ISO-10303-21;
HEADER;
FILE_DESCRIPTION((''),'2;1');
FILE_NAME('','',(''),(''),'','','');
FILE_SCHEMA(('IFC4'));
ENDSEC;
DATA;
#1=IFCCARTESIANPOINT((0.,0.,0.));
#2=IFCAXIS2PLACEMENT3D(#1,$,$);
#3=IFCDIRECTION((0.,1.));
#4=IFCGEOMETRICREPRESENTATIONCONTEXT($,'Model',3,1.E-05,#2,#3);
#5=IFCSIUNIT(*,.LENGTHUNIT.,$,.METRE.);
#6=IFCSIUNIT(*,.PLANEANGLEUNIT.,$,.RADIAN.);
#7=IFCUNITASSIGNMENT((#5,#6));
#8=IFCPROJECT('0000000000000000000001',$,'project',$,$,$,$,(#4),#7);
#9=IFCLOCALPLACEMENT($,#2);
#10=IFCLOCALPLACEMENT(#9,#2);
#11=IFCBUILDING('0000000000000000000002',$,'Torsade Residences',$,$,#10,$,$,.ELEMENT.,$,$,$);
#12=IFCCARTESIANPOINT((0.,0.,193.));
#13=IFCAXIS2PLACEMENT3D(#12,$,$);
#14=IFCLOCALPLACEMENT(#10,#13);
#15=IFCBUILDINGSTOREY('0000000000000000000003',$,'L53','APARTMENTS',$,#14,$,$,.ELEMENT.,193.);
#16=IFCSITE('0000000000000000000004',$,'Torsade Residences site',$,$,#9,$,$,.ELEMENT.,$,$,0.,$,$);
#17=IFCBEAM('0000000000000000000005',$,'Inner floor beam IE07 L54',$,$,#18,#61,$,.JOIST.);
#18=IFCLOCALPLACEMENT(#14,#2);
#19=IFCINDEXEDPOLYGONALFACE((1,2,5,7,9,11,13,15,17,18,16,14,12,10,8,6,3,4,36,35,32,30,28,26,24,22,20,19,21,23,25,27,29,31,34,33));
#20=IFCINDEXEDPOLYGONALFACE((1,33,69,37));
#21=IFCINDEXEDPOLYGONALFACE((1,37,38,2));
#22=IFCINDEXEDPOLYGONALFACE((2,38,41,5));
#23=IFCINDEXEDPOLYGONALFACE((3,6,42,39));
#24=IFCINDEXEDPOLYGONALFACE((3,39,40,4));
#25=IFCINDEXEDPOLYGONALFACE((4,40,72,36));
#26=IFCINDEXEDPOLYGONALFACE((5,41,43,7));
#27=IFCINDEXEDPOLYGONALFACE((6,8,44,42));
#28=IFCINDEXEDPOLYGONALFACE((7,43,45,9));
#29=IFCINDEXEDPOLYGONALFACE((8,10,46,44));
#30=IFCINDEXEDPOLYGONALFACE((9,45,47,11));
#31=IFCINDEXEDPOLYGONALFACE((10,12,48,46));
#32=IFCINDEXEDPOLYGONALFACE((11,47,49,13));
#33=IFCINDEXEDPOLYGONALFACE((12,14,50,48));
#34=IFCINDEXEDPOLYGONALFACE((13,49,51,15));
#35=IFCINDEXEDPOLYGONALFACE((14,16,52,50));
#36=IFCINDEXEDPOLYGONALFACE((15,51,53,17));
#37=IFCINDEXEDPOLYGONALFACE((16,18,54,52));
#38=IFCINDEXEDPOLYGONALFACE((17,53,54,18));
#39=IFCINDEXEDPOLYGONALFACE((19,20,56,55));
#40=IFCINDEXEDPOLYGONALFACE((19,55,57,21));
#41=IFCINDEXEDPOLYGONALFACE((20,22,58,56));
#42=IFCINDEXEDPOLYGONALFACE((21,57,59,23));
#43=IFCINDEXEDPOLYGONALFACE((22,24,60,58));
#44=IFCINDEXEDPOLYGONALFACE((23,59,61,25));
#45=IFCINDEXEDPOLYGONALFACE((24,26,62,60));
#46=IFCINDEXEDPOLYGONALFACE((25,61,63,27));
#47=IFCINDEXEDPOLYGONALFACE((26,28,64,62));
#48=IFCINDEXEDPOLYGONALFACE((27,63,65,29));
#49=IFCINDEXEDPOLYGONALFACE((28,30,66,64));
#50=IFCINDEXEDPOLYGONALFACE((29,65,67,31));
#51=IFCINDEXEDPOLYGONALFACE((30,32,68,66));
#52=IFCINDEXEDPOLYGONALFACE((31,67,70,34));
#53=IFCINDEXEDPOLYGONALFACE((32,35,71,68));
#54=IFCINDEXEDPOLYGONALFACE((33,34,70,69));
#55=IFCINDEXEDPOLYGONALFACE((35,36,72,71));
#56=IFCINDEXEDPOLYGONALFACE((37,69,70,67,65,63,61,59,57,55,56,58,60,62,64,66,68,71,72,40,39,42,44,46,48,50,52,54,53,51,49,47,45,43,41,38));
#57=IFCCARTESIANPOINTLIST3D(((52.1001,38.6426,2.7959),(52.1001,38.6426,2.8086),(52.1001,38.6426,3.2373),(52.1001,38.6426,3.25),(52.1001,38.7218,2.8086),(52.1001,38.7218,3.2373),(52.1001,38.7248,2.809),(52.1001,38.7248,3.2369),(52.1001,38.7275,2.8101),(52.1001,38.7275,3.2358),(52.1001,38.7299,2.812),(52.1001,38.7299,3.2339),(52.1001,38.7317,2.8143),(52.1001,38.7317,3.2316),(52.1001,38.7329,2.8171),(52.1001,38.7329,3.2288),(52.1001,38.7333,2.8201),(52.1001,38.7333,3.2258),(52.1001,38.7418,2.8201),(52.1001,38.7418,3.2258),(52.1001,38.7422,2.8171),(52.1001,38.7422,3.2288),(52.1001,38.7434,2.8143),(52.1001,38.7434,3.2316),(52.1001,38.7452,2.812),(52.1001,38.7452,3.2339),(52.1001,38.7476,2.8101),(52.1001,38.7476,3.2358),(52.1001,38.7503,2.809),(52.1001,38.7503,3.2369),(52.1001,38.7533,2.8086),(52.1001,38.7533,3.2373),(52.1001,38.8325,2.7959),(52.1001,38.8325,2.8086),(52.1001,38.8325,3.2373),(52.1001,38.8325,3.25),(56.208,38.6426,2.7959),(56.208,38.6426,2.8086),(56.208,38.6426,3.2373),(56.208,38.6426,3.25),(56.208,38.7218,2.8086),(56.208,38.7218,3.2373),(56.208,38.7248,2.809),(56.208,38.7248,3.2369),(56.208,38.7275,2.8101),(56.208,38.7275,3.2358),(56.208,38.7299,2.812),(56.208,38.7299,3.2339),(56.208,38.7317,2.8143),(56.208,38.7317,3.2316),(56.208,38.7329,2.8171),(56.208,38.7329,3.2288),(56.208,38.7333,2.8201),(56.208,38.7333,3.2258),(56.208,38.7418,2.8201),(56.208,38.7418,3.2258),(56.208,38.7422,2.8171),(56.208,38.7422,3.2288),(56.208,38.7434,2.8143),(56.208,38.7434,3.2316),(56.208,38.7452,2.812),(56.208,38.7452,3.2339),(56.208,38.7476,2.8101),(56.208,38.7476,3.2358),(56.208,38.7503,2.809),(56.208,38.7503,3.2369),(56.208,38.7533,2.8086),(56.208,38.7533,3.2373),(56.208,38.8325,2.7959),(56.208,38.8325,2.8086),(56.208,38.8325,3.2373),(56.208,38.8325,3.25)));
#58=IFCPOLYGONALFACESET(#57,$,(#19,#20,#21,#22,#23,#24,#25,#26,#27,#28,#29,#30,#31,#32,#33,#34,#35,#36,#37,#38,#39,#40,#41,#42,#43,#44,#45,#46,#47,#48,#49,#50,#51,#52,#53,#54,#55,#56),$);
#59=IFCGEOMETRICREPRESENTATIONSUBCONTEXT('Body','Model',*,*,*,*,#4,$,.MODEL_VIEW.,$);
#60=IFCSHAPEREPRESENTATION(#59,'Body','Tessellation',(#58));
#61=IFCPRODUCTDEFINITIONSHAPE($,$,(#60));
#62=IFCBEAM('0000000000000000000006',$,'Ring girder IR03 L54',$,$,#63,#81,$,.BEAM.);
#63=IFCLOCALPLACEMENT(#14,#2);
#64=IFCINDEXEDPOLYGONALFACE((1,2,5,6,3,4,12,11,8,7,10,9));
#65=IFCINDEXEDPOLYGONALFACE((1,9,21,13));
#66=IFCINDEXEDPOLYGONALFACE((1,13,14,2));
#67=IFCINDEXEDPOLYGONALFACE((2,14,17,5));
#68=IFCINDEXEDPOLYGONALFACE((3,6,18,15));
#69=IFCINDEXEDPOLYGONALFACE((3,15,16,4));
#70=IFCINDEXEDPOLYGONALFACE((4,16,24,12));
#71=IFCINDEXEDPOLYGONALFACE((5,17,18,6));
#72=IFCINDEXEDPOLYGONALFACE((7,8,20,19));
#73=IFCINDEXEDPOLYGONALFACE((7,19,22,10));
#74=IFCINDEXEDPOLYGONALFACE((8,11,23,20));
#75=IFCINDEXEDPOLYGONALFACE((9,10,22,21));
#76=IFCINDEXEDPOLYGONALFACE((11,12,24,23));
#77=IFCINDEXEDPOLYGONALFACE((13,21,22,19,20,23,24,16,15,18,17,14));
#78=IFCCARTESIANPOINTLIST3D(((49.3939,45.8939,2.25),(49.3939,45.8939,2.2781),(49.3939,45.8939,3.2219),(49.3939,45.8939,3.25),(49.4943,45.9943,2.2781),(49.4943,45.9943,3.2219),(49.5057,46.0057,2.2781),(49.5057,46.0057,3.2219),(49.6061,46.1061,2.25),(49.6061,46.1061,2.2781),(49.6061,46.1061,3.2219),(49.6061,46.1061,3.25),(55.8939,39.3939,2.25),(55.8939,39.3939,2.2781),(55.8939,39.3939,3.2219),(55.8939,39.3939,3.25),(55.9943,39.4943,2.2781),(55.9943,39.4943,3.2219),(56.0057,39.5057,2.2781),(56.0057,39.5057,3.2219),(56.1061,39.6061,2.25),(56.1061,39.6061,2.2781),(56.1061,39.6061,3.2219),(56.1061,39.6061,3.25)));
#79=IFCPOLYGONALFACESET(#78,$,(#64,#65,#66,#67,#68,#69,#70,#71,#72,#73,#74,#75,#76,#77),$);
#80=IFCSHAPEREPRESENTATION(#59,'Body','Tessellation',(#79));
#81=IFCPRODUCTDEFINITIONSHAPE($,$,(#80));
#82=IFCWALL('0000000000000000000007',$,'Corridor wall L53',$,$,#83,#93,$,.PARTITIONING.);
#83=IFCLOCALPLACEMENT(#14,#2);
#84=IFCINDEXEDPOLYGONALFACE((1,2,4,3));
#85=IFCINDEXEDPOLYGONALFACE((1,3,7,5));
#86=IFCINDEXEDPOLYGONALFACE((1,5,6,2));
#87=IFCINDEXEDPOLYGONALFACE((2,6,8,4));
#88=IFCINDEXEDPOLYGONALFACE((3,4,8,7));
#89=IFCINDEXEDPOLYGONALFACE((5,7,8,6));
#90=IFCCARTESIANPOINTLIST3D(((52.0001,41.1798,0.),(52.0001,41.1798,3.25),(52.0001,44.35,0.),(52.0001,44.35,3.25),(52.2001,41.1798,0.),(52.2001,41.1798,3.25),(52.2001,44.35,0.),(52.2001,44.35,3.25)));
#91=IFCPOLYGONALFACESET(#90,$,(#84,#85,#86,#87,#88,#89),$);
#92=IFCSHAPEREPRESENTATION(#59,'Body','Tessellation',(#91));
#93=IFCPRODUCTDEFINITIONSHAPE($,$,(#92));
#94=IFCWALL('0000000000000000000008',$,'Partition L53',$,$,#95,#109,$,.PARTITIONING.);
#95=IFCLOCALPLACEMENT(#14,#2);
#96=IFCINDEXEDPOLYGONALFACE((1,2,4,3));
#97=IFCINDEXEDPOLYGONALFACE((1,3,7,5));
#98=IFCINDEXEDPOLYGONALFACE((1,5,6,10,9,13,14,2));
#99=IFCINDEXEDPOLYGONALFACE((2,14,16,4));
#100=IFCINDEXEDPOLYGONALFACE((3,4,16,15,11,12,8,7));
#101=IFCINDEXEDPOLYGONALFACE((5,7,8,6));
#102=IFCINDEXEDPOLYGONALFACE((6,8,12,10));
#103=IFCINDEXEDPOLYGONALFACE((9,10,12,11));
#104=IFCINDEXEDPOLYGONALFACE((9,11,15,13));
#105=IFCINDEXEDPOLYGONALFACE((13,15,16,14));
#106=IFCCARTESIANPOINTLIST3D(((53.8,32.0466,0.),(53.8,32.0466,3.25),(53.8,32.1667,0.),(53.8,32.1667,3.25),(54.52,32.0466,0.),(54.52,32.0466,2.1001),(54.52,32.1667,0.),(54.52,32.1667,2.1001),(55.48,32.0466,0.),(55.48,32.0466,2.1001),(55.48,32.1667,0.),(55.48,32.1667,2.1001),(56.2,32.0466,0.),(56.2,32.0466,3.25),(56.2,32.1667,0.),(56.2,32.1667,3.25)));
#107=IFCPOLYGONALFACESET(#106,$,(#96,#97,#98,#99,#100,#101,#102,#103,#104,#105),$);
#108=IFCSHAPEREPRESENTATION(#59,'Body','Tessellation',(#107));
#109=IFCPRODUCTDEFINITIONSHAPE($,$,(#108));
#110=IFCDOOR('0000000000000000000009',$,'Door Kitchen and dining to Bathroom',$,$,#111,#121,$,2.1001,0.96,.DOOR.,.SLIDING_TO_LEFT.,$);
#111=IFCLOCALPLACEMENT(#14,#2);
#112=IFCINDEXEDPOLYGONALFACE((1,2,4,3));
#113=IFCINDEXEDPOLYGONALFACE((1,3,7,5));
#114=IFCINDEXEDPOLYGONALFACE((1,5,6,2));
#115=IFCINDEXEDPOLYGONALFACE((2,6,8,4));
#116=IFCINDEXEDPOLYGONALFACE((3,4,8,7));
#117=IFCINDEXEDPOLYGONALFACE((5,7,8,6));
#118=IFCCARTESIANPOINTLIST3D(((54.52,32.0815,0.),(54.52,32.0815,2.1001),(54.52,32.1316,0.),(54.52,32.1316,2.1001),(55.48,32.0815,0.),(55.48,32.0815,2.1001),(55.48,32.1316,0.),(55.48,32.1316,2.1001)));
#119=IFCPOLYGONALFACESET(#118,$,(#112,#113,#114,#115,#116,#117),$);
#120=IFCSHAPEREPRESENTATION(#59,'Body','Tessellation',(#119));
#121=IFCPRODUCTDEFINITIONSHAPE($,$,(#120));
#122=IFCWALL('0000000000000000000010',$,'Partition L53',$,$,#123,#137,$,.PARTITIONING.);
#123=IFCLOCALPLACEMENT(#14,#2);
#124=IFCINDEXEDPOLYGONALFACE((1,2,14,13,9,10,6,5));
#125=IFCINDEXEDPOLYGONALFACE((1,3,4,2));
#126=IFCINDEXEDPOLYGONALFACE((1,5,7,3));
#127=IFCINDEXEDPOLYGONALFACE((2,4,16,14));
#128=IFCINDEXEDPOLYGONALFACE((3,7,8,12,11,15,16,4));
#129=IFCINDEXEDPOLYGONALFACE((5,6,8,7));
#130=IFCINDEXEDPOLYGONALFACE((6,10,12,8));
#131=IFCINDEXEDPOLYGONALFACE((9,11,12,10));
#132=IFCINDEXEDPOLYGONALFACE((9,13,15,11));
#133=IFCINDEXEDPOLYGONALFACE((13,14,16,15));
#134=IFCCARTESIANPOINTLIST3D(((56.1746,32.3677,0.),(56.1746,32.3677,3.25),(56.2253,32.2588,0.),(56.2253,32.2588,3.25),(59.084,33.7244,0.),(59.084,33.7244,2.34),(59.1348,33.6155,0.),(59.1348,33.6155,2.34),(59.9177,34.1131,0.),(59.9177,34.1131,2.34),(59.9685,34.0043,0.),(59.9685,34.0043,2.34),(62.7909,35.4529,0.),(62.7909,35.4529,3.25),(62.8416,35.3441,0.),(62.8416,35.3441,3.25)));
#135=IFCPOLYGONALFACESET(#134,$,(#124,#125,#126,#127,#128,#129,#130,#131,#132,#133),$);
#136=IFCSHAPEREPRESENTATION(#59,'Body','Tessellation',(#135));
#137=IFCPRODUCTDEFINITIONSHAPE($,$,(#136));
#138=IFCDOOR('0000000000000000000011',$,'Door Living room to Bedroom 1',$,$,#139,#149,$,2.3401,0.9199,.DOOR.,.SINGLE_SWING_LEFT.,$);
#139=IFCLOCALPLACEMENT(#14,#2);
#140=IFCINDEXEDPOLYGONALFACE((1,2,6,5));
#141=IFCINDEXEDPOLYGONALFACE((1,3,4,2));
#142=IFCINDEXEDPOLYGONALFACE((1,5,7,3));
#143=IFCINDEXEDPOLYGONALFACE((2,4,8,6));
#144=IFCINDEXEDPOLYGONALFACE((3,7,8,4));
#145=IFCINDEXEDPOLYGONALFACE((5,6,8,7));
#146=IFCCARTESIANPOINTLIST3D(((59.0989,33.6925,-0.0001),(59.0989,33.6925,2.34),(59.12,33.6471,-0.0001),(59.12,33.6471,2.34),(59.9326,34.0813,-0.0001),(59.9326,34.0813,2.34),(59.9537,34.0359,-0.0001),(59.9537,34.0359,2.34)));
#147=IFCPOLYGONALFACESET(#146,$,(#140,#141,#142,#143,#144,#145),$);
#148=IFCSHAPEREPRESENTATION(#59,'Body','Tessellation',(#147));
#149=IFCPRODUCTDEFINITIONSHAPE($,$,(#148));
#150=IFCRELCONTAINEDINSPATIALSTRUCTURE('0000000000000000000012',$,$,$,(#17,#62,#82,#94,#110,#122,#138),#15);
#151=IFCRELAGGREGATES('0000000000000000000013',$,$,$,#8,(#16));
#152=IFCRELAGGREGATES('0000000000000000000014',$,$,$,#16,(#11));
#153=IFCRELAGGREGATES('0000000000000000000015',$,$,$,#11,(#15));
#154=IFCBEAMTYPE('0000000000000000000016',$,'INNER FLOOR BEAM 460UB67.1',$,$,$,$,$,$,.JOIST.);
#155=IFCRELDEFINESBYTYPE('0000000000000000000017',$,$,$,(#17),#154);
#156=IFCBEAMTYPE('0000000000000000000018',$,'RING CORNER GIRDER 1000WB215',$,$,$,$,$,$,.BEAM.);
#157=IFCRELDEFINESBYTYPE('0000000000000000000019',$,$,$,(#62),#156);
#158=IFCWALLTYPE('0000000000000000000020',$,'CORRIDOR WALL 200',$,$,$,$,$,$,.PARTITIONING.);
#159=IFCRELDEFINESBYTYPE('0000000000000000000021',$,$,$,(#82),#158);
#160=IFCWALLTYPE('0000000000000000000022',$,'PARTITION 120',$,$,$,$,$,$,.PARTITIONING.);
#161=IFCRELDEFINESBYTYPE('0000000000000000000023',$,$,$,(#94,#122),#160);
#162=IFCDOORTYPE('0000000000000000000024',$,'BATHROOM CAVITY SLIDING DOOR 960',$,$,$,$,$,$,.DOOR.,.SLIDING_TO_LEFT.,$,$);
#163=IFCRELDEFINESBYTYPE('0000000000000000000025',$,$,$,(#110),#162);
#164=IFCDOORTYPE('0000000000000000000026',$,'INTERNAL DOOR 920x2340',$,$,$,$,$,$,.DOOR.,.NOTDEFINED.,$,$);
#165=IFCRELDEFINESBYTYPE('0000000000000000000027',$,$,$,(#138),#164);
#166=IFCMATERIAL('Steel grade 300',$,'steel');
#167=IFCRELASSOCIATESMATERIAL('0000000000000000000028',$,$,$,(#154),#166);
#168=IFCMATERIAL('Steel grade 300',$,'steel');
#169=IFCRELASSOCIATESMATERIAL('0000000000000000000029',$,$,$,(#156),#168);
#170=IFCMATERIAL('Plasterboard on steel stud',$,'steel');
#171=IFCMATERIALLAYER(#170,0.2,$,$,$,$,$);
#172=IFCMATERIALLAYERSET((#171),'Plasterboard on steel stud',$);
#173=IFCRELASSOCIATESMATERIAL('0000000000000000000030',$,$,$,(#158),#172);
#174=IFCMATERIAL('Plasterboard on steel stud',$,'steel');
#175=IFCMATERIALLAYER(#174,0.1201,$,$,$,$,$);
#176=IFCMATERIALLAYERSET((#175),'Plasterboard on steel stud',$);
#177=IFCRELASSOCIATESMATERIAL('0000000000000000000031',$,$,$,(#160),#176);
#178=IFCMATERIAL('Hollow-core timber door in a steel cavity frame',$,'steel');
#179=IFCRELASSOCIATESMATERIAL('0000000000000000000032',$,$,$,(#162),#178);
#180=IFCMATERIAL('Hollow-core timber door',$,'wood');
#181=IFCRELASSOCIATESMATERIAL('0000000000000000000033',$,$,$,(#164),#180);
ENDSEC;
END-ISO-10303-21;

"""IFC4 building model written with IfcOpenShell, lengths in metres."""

from ifc_helpers import new_model, si_unit, direction, frame, frame_2d, origin, origin_2d, place, context, subcontext, project, spatial, rectangle, i_section, extrude, material, layer, layer_set, material_profile, profile_set, type_object, element, fill, save


model = new_model("IFC4")

# Units and contexts
model_context = context("Model", 3, precision=1e-05, world=origin(), true_north=direction((0.0, 1.0)))
body_context = subcontext(model_context, "Body", "Model", "MODEL_VIEW")
ifc_project = project(units=[si_unit("LENGTHUNIT", "METRE"), si_unit("PLANEANGLEUNIT", "RADIAN")], contexts=[model_context])

# Site, building, storey
site_placement = place(None, origin())
site = spatial("IfcSite", under=ifc_project, at=site_placement, Name="Torsade Residences site", CompositionType="ELEMENT", RefElevation=0.0)
building_placement = place(site_placement, origin())
building = spatial("IfcBuilding", under=site, at=building_placement, Name="Torsade Residences", CompositionType="ELEMENT")
storey_placement = place(building_placement, frame((0.0, 0.0, 193.0)))
storey = spatial("IfcBuildingStorey", under=building, at=storey_placement, Name="L53", Description="APARTMENTS", CompositionType="ELEMENT", Elevation=193.0)

# Beams
ifc_material_1 = material(Name="Steel grade 300", Category="steel")
ifc_material_profile_1 = material_profile(ifc_material_1, i_section(OverallWidth=0.1899, OverallDepth=0.4541, WebThickness=0.0085, FlangeThickness=0.0127, FilletRadius=0.0115, at=origin_2d()), Name="460UB67.1")
ifc_profile_set_1 = profile_set([ifc_material_profile_1], Name="Steel grade 300")
beam_type_1 = type_object("IfcBeamType", Name="INNER FLOOR BEAM 460UB67.1", PredefinedType="JOIST", material=ifc_profile_set_1)
beam_1_placement = place(storey_placement, frame((52.1001, 38.7375, 3.0229), z_axis=(1.0, 0.0, 0.0), x_axis=(0.0, 1.0, 0.0)))
element("IfcBeam", 1, at=beam_1_placement, inside=storey, type_object=beam_type_1, Name="Inner floor beam IE07 L54", PredefinedType="JOIST", context=body_context, shape_type="SweptSolid", body=[
    extrude(i_section(OverallWidth=0.1899, OverallDepth=0.4541, WebThickness=0.0085, FlangeThickness=0.0127, FilletRadius=0.0115, at=origin_2d()), origin(), (0.0, 0.0, 1.0), 4.1079),
])
ifc_material_2 = material(Name="Steel grade 300", Category="steel")
ifc_material_profile_2 = material_profile(ifc_material_2, i_section(OverallWidth=0.3, OverallDepth=1.0, WebThickness=0.0161, FlangeThickness=0.0281, at=origin_2d()), Name="1000WB215")
ifc_profile_set_2 = profile_set([ifc_material_profile_2], Name="Steel grade 300")
beam_type_2 = type_object("IfcBeamType", Name="RING CORNER GIRDER 1000WB215", PredefinedType="BEAM", material=ifc_profile_set_2)
beam_2_placement = place(storey_placement, frame((56.0, 39.5, 2.75), z_axis=(-0.707107, 0.707107, 0.0), x_axis=(-0.707107, -0.707107, 0.0)))
element("IfcBeam", 2, at=beam_2_placement, inside=storey, type_object=beam_type_2, Name="Ring girder IR03 L54", PredefinedType="BEAM", context=body_context, shape_type="SweptSolid", body=[
    extrude(i_section(OverallWidth=0.3, OverallDepth=1.0, WebThickness=0.0161, FlangeThickness=0.0281, at=origin_2d()), origin(), (0.0, 0.0, 1.0), 9.1924),
])

# Wall
ifc_material_3 = material(Name="Plasterboard on steel stud", Category="steel")
ifc_layer_1 = layer(ifc_material_3, 0.2)
ifc_layer_set_1 = layer_set([ifc_layer_1], Name="Plasterboard on steel stud")
wall_type_1 = type_object("IfcWallType", Name="CORRIDOR WALL 200", PredefinedType="PARTITIONING", material=ifc_layer_set_1)
wall_1_placement = place(storey_placement, frame((52.1001, 41.1799, 0.0), z_axis=(0.0, 0.0, 1.0), x_axis=(0.0, 1.0, 0.0)))
element("IfcWall", 3, at=wall_1_placement, inside=storey, type_object=wall_type_1, Name="Corridor wall L53", PredefinedType="PARTITIONING", context=body_context, shape_type="SweptSolid", body=[
    extrude(rectangle(XDim=3.1702, YDim=0.2, at=frame_2d((1.585, 0.0))), origin(), (0.0, 0.0, 1.0), 3.25),
])

# Walls, openings, doors
ifc_material_4 = material(Name="Plasterboard on steel stud", Category="steel")
ifc_layer_2 = layer(ifc_material_4, 0.1201)
ifc_layer_set_2 = layer_set([ifc_layer_2], Name="Plasterboard on steel stud")
wall_type_2 = type_object("IfcWallType", Name="PARTITION 120", PredefinedType="PARTITIONING", material=ifc_layer_set_2)
wall_2_placement = place(storey_placement, frame((53.8, 32.1067, 0.0), z_axis=(0.0, 0.0, 1.0), x_axis=(1.0, 0.0, 0.0)))
wall_2 = element("IfcWall", 4, at=wall_2_placement, inside=storey, type_object=wall_type_2, Name="Partition L53", PredefinedType="PARTITIONING", context=body_context, shape_type="SweptSolid", body=[
    extrude(rectangle(XDim=2.3999, YDim=0.1201, at=frame_2d((1.2, 0.0))), origin(), (0.0, 0.0, 1.0), 3.25),
])
opening_1_placement = place(wall_2_placement, frame((0.72, 0.0, 0.0)))
opening_1 = element("IfcOpeningElement", 5, at=opening_1_placement, cuts=wall_2, PredefinedType="OPENING", context=body_context, shape_type="SweptSolid", body=[
    extrude(rectangle(XDim=0.96, YDim=2.1001, at=frame_2d((0.48, 1.05))), frame((0.0, 0.0701, 0.0), z_axis=(0.0, -1.0, 0.0), x_axis=(1.0, 0.0, 0.0)), (0.0, 0.0, 1.0), 0.1401),
])
ifc_material_5 = material(Name="Hollow-core timber door in a steel cavity frame", Category="steel")
door_type_1 = type_object("IfcDoorType", Name="BATHROOM CAVITY SLIDING DOOR 960", OperationType="SLIDING_TO_LEFT", PredefinedType="DOOR", material=ifc_material_5)
door_1_placement = place(opening_1_placement, origin())
door_1 = element("IfcDoor", 6, at=door_1_placement, inside=storey, type_object=door_type_1, Name="Door Kitchen and dining to Bathroom", OperationType="SLIDING_TO_LEFT", OverallHeight=2.1001, OverallWidth=0.96, PredefinedType="DOOR", context=body_context, shape_type="SweptSolid", body=[
    extrude(rectangle(XDim=0.96, YDim=2.1001, at=frame_2d((0.48, 1.05))), frame((0.0, 0.0249, 0.0), z_axis=(0.0, -1.0, 0.0), x_axis=(1.0, 0.0, 0.0)), (0.0, 0.0, 1.0), 0.05),
])
fill(opening_1, door_1)
wall_3_placement = place(storey_placement, frame((56.2, 32.3132, 0.0), z_axis=(0.0, 0.0, 1.0), x_axis=(0.906307, 0.42262, 0.0)))
wall_3 = element("IfcWall", 7, at=wall_3_placement, inside=storey, type_object=wall_type_2, Name="Partition L53", PredefinedType="PARTITIONING", context=body_context, shape_type="SweptSolid", body=[
    extrude(rectangle(XDim=7.3003, YDim=0.1201, at=frame_2d((3.6501, 0.0))), origin(), (0.0, 0.0, 1.0), 3.25),
])
opening_2_placement = place(wall_3_placement, frame((3.2102, 0.0, 0.0)))
opening_2 = element("IfcOpeningElement", 8, at=opening_2_placement, cuts=wall_3, PredefinedType="OPENING", context=body_context, shape_type="SweptSolid", body=[
    extrude(rectangle(XDim=0.9199, YDim=2.3401, at=frame_2d((0.46, 1.1699))), frame((0.0, 0.0701, 0.0), z_axis=(0.0, -1.0, 0.0), x_axis=(1.0, 0.0, 0.0)), (0.0, 0.0, 1.0), 0.1401),
])
ifc_material_6 = material(Name="Hollow-core timber door", Category="wood")
door_type_2 = type_object("IfcDoorType", Name="INTERNAL DOOR 920x2340", OperationType="NOTDEFINED", PredefinedType="DOOR", material=ifc_material_6)
door_2_placement = place(opening_2_placement, origin())
door_2 = element("IfcDoor", 9, at=door_2_placement, inside=storey, type_object=door_type_2, Name="Door Living room to Bedroom 1", OperationType="SINGLE_SWING_LEFT", OverallHeight=2.3401, OverallWidth=0.9199, PredefinedType="DOOR", context=body_context, shape_type="SweptSolid", body=[
    extrude(rectangle(XDim=0.9199, YDim=2.3401, at=frame_2d((0.46, 1.1699))), frame((0.0, 0.0249, 0.0), z_axis=(0.0, -1.0, 0.0), x_axis=(1.0, 0.0, 0.0)), (0.0, 0.0, 1.0), 0.05),
])
fill(opening_2, door_2)

save(model, "model.ifc")
